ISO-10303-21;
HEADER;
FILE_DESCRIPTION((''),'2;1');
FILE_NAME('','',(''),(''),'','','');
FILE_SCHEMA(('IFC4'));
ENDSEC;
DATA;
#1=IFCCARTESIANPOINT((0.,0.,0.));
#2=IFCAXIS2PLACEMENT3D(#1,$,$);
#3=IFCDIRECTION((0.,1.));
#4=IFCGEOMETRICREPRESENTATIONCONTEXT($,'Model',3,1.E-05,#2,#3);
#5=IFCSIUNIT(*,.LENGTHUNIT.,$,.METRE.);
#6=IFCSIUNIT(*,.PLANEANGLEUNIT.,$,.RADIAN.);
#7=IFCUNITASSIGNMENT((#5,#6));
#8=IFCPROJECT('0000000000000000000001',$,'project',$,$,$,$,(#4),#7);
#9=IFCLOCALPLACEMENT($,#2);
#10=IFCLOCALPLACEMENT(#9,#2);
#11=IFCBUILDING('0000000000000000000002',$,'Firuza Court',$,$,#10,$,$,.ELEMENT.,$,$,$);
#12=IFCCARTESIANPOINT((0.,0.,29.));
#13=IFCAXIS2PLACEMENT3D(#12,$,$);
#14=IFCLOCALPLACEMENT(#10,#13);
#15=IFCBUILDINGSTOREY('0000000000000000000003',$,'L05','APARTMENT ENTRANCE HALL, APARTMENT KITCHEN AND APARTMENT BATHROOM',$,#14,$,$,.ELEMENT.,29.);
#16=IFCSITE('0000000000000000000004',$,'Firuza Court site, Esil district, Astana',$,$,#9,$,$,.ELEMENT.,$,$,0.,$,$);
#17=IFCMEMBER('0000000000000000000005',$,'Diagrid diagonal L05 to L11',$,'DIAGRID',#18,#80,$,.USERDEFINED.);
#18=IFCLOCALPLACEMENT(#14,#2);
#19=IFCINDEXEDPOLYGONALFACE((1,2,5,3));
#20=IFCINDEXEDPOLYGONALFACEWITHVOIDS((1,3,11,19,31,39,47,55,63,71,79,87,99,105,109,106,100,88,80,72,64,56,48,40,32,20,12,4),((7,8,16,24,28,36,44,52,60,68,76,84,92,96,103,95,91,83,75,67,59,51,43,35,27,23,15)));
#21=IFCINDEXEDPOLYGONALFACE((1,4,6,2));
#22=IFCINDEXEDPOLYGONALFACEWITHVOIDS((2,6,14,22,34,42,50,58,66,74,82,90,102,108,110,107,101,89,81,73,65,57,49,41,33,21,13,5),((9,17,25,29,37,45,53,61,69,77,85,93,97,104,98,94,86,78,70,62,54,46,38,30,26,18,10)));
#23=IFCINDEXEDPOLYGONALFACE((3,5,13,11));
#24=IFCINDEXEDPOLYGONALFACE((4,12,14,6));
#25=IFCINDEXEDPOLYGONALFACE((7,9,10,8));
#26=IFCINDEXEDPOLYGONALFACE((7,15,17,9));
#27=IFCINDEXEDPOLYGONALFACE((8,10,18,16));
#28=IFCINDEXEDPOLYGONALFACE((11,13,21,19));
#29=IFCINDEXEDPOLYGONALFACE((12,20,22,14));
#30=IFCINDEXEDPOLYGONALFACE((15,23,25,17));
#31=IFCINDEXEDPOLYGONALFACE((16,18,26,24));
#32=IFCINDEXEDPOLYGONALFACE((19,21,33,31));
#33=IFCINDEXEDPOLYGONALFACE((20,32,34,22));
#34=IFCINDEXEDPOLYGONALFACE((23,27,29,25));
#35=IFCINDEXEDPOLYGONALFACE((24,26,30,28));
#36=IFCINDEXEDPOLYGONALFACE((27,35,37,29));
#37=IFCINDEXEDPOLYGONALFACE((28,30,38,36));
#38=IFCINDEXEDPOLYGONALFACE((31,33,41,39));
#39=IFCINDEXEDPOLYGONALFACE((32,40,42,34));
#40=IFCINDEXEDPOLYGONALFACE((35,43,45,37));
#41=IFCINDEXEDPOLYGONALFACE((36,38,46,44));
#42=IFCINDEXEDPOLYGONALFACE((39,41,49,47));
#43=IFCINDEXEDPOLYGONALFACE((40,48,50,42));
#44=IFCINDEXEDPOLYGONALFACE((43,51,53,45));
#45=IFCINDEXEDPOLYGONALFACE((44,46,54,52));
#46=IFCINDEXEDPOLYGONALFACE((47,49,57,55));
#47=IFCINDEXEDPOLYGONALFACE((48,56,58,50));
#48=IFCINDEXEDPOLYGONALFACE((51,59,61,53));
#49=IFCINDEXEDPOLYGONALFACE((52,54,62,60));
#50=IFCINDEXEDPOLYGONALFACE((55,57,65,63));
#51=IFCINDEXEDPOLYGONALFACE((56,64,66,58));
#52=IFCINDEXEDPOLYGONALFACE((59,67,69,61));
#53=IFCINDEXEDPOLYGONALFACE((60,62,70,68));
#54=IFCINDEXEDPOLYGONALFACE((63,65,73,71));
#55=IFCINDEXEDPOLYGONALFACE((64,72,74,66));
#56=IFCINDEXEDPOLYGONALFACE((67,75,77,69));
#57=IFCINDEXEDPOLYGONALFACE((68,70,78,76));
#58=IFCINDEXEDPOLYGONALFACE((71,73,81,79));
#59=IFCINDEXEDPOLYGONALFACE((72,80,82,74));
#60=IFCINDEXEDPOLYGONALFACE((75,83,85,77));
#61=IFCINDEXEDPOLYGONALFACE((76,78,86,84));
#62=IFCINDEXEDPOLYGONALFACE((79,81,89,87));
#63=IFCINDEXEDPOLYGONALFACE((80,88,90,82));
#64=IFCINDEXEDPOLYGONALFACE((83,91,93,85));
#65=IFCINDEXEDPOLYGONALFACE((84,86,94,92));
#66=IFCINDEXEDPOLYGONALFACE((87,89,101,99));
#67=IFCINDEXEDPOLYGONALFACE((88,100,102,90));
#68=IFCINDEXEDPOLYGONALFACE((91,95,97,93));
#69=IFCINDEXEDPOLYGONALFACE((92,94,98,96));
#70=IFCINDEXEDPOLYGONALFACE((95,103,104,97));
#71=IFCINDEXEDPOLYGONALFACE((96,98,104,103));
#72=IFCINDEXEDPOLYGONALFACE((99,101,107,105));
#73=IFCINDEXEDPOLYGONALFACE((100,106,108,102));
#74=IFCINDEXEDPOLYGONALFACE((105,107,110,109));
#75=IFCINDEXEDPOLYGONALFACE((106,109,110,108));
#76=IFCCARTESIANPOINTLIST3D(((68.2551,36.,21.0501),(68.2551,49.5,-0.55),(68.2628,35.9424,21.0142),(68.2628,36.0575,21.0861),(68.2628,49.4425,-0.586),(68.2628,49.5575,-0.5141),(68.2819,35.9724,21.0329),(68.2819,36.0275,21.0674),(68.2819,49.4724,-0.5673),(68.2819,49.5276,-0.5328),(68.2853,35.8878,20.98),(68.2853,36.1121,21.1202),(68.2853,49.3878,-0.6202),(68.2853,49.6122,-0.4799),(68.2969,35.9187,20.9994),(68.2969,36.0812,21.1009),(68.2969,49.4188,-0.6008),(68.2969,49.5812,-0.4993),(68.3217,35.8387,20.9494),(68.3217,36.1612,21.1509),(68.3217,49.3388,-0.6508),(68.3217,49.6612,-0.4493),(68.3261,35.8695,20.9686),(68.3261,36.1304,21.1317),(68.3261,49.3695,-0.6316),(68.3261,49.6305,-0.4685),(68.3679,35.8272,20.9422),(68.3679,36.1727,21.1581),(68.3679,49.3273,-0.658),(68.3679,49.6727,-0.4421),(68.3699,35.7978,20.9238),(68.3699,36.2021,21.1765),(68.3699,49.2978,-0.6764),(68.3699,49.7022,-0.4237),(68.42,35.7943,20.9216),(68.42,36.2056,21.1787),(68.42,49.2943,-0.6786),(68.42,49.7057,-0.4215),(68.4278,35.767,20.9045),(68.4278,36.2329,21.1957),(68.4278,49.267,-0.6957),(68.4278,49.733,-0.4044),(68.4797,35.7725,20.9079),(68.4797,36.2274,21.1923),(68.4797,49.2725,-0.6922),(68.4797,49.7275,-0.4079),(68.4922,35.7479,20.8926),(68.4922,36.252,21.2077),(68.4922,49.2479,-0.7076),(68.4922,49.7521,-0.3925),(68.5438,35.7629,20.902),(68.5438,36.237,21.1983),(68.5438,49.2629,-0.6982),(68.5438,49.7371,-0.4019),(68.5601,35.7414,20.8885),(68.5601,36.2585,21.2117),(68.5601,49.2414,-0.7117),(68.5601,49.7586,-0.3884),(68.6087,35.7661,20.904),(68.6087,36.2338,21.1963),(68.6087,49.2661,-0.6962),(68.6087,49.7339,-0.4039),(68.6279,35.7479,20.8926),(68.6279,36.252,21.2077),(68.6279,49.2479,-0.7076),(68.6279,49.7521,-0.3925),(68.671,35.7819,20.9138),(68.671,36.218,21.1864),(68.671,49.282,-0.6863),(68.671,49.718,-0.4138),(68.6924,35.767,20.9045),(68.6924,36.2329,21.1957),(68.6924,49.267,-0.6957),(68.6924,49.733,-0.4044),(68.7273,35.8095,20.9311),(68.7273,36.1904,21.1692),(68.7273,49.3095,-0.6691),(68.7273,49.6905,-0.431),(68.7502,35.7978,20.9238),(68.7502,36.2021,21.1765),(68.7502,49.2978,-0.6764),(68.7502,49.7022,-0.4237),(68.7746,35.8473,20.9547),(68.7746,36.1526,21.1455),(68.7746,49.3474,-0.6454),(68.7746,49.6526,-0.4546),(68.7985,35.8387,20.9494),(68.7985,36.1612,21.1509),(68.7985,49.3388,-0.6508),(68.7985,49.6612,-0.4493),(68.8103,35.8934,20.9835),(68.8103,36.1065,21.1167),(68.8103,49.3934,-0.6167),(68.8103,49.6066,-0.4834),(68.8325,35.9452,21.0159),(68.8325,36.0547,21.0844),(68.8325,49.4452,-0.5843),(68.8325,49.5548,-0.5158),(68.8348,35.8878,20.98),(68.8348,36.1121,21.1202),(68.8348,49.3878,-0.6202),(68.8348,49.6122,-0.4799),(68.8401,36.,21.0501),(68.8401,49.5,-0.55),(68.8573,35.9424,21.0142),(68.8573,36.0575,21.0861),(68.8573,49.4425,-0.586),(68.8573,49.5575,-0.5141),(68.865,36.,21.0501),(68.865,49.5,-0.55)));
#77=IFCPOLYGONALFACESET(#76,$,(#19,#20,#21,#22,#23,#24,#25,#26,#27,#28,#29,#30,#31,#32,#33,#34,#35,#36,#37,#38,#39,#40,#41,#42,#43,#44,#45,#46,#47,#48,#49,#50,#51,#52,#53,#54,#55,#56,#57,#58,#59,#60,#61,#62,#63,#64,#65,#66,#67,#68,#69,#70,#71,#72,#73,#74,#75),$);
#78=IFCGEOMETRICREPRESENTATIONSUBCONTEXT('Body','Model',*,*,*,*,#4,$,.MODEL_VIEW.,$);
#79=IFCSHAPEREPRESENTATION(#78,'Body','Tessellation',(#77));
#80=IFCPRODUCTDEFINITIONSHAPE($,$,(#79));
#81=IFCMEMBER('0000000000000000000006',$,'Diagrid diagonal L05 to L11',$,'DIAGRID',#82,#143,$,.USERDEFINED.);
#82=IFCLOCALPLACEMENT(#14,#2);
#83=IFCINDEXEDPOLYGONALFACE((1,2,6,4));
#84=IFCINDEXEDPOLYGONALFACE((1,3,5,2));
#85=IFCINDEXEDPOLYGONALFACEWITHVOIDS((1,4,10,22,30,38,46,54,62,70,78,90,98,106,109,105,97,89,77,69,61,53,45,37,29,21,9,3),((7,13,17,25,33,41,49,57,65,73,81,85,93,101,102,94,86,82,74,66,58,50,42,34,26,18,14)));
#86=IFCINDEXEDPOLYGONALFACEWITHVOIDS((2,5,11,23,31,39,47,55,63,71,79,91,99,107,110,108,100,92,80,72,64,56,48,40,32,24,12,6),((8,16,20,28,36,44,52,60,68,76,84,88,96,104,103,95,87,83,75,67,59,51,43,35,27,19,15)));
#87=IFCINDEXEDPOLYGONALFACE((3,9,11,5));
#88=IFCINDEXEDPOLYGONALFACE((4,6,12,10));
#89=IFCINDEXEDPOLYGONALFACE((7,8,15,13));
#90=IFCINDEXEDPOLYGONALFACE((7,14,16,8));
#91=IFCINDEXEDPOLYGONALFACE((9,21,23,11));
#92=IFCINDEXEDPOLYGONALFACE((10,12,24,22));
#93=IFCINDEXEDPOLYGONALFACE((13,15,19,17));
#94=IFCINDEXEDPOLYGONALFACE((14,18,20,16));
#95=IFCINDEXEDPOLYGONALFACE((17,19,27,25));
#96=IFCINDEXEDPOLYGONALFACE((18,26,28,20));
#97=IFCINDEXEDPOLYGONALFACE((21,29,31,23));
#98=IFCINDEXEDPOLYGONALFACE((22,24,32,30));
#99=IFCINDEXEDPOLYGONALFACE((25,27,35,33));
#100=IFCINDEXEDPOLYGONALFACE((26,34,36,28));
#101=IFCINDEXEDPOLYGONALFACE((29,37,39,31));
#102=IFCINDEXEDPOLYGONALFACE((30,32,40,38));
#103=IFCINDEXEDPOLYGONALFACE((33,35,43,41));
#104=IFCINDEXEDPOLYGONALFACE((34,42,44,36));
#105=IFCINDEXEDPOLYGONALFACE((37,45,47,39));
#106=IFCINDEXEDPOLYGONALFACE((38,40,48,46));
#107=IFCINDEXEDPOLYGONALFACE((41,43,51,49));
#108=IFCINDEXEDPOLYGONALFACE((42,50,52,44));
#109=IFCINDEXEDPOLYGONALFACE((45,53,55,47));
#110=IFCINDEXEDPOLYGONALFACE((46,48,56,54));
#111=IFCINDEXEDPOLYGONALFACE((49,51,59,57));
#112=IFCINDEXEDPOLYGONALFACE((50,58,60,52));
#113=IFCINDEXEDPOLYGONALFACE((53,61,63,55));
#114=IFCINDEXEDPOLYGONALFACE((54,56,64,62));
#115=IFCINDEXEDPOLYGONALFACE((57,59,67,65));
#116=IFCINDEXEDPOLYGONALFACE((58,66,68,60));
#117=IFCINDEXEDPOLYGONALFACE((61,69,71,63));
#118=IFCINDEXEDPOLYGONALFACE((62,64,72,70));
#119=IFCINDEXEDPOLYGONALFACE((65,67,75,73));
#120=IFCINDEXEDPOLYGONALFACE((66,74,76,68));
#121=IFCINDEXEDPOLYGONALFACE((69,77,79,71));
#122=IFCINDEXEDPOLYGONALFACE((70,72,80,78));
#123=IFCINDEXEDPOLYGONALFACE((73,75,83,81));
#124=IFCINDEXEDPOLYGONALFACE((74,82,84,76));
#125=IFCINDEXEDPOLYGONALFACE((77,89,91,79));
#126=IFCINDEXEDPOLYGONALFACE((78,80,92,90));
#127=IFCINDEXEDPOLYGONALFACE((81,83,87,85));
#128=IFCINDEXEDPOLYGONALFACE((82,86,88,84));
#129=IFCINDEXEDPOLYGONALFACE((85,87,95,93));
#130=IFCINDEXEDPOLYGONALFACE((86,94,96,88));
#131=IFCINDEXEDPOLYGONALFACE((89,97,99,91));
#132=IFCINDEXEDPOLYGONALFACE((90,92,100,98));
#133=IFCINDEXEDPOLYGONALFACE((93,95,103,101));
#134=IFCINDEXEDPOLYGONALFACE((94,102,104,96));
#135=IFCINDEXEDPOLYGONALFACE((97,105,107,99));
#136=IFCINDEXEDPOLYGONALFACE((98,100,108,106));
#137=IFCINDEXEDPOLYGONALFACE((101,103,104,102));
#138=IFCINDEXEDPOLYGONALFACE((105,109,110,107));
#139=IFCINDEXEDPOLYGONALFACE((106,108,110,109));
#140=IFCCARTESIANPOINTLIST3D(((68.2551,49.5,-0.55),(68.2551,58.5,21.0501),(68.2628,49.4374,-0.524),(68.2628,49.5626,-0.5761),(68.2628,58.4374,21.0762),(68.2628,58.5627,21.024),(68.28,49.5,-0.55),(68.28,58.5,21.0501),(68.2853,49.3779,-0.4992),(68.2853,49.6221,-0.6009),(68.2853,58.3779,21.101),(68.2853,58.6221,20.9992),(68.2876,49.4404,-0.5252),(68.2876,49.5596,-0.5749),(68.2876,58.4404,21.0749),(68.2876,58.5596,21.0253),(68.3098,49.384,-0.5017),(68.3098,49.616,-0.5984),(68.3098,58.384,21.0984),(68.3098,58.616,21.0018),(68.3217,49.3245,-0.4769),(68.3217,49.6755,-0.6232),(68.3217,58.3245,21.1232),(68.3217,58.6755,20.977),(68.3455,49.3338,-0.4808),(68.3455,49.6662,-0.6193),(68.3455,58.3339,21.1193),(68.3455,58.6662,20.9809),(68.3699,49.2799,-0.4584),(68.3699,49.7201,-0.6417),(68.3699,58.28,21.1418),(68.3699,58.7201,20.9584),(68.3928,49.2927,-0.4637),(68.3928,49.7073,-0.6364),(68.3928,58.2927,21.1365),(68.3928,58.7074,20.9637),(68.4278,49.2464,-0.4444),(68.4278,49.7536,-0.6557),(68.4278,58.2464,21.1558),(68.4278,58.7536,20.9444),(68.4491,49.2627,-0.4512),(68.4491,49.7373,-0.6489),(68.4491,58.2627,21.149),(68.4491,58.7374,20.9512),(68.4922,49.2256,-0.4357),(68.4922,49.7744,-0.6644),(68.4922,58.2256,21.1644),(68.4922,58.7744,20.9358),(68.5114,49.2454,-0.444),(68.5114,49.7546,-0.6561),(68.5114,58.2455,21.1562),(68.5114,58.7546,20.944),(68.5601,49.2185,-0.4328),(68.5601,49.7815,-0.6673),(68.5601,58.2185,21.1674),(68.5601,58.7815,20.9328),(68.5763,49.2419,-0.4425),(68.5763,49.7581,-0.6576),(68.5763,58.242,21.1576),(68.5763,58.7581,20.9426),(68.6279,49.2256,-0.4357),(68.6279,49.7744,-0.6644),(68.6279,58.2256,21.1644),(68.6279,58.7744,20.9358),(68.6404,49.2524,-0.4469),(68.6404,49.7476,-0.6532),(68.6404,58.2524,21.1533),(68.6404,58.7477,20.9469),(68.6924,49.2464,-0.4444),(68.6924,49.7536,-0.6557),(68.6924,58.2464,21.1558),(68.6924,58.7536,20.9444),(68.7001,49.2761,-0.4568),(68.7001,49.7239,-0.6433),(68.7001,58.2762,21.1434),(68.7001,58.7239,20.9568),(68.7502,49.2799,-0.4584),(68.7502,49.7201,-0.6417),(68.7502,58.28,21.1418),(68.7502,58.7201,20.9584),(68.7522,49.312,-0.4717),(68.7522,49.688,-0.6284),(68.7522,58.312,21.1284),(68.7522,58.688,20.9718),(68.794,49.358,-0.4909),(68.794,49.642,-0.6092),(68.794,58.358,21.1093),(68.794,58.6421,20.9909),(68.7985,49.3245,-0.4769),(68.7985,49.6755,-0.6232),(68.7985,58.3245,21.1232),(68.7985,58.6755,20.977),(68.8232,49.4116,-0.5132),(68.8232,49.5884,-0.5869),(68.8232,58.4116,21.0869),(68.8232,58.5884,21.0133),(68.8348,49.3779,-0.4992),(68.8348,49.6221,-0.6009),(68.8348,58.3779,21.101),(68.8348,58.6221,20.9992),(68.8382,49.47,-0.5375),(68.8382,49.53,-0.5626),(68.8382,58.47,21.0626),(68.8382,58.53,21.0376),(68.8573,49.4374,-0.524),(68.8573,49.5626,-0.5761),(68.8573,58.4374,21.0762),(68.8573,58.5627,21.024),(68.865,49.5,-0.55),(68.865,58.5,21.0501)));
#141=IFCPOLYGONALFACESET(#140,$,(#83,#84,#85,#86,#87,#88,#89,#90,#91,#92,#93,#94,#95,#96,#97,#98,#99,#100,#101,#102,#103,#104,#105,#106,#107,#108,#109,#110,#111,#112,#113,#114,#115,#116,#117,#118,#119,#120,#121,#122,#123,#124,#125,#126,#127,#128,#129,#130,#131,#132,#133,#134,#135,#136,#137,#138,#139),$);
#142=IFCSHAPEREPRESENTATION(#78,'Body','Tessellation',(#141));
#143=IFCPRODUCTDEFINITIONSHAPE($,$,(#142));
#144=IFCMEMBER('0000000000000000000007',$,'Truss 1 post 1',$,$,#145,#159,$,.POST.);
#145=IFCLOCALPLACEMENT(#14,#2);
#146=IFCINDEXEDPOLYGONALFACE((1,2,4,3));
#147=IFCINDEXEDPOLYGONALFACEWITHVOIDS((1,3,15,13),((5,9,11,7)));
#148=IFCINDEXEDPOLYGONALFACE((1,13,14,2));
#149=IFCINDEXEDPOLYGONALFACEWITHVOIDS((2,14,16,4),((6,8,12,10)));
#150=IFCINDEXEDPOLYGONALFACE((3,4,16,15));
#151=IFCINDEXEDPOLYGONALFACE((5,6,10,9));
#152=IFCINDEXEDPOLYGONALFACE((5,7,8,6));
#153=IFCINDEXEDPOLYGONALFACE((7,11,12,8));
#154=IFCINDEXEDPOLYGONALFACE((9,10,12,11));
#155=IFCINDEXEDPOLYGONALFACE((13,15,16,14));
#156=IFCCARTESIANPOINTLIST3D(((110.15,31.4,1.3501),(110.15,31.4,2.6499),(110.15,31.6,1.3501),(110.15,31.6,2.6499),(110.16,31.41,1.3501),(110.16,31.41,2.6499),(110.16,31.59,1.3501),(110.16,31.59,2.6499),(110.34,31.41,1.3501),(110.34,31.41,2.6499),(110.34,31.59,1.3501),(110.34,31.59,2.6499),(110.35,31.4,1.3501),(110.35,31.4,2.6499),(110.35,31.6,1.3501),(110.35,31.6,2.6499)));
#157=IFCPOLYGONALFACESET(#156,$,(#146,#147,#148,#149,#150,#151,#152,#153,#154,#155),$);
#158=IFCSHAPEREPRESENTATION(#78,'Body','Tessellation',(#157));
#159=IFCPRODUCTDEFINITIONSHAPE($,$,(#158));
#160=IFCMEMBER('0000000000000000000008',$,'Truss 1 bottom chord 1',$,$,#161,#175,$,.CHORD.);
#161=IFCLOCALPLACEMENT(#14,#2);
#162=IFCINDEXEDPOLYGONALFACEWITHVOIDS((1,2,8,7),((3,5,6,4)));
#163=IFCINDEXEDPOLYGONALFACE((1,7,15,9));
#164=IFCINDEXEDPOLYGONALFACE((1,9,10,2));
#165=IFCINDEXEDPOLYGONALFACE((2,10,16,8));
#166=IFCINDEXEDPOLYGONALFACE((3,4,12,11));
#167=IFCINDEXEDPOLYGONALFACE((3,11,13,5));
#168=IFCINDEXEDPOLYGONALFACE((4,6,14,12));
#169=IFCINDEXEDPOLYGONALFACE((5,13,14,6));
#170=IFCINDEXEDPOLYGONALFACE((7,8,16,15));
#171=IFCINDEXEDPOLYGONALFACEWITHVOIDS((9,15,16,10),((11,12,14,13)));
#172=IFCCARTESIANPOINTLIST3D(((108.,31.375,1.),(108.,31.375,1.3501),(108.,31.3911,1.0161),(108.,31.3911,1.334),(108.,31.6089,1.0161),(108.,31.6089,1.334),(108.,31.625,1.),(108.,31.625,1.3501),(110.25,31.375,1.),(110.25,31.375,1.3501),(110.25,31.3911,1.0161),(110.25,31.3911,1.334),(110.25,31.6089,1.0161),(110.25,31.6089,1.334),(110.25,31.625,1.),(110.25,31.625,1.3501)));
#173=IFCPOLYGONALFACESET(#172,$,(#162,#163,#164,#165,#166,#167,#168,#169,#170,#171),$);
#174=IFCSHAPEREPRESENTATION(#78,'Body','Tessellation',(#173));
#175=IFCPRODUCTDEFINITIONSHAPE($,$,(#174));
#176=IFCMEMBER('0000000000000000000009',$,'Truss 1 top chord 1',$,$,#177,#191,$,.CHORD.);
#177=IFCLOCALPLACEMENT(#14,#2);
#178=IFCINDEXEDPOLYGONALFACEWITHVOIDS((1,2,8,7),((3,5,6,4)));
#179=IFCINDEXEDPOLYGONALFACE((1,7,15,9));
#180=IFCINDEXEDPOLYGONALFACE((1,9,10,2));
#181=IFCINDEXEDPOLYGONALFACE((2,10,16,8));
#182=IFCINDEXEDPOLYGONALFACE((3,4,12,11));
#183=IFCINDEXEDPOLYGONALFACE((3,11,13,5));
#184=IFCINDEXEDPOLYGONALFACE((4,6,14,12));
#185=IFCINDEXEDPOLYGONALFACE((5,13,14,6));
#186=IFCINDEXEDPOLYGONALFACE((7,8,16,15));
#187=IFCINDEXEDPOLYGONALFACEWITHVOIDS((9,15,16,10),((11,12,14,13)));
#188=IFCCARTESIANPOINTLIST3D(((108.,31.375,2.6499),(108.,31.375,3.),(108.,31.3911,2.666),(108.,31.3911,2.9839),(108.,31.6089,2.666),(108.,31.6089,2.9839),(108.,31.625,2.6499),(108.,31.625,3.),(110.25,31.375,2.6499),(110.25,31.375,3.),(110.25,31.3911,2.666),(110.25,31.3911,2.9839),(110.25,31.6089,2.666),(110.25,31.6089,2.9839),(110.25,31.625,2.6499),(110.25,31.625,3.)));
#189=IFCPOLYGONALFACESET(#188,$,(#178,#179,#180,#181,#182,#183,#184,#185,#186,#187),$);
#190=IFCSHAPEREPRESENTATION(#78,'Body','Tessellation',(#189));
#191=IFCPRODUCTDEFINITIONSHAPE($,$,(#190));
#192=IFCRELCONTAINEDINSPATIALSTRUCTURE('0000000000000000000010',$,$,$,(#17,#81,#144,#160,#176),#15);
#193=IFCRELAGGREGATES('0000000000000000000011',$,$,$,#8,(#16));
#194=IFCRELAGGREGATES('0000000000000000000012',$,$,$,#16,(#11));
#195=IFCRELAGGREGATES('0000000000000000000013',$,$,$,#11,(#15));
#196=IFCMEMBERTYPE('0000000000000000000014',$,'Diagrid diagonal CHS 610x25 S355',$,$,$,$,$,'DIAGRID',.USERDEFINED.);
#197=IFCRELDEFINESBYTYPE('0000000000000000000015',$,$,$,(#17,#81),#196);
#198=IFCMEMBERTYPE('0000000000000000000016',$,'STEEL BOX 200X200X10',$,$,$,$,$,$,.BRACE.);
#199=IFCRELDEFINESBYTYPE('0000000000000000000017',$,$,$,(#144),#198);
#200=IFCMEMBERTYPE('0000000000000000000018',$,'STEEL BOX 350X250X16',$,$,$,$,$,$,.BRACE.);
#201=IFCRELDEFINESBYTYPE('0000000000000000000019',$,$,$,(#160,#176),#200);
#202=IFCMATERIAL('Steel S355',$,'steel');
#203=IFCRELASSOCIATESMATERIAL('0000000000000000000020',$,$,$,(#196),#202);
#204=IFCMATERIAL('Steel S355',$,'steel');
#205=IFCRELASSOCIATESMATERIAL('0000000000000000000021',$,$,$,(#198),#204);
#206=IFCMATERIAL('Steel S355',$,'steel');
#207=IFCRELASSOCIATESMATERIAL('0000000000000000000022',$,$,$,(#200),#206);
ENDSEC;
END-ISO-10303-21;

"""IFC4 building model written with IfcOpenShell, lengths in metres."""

from ifc_helpers import new_model, si_unit, direction, frame, origin, origin_2d, place, context, subcontext, project, spatial, hollow_rectangle, hollow_circle, extrude, material, material_profile, profile_set, type_object, element, save


model = new_model("IFC4")

# Units and contexts
model_context = context("Model", 3, precision=1e-05, world=origin(), true_north=direction((0.0, 1.0)))
body_context = subcontext(model_context, "Body", "Model", "MODEL_VIEW")
ifc_project = project(units=[si_unit("LENGTHUNIT", "METRE"), si_unit("PLANEANGLEUNIT", "RADIAN")], contexts=[model_context])

# Site, building, storey
site_placement = place(None, origin())
site = spatial("IfcSite", under=ifc_project, at=site_placement, Name="Firuza Court site, Esil district, Astana", CompositionType="ELEMENT", RefElevation=0.0)
building_placement = place(site_placement, origin())
building = spatial("IfcBuilding", under=site, at=building_placement, Name="Firuza Court", CompositionType="ELEMENT")
storey_placement = place(building_placement, frame((0.0, 0.0, 29.0)))
storey = spatial("IfcBuildingStorey", under=building, at=storey_placement, Name="L05", Description="APARTMENT ENTRANCE HALL, APARTMENT KITCHEN AND APARTMENT BATHROOM", CompositionType="ELEMENT", Elevation=29.0)

# Members
ifc_material_1 = material(Name="Steel S355", Category="steel")
ifc_material_profile_1 = material_profile(ifc_material_1, hollow_circle(Radius=0.3049, WallThickness=0.0249, at=origin_2d()), Name="CHS 610x25")
ifc_profile_set_1 = profile_set([ifc_material_profile_1], Name="Steel S355")
member_type_1 = type_object("IfcMemberType", Name="Diagrid diagonal CHS 610x25 S355", ElementType="DIAGRID", PredefinedType="USERDEFINED", material=ifc_profile_set_1)
member_1_placement = place(storey_placement, frame((68.5601, 49.5, -0.55), z_axis=(0.0, -0.529997, 0.847999), x_axis=(1.0, 0.0, 0.0)))
element("IfcMember", 1, at=member_1_placement, inside=storey, type_object=member_type_1, Name="Diagrid diagonal L05 to L11", ObjectType="DIAGRID", PredefinedType="USERDEFINED", context=body_context, shape_type="SweptSolid", body=[
    extrude(hollow_circle(Radius=0.3049, WallThickness=0.0249, at=origin_2d()), origin(), (0.0, 0.0, 1.0), 25.4719),
])
member_2_placement = place(storey_placement, frame((68.5601, 49.5, -0.55), z_axis=(0.0, 0.384614, 0.923078), x_axis=(-1.0, 0.0, 0.0)))
element("IfcMember", 2, at=member_2_placement, inside=storey, type_object=member_type_1, Name="Diagrid diagonal L05 to L11", ObjectType="DIAGRID", PredefinedType="USERDEFINED", context=body_context, shape_type="SweptSolid", body=[
    extrude(hollow_circle(Radius=0.3049, WallThickness=0.0249, at=origin_2d()), origin(), (0.0, 0.0, 1.0), 23.4001),
])
ifc_material_2 = material(Name="Steel S355", Category="steel")
ifc_material_profile_2 = material_profile(ifc_material_2, hollow_rectangle(XDim=0.2, YDim=0.2, WallThickness=0.01, at=origin_2d()), Name="RHS 200X200X10")
ifc_profile_set_2 = profile_set([ifc_material_profile_2], Name="Steel S355")
member_type_2 = type_object("IfcMemberType", Name="STEEL BOX 200X200X10", PredefinedType="BRACE", material=ifc_profile_set_2)
member_3_placement = place(storey_placement, frame((110.25, 31.5, 1.3501), z_axis=(0.0, 0.0, 1.0), x_axis=(1.0, 0.0, 0.0)))
element("IfcMember", 3, at=member_3_placement, inside=storey, type_object=member_type_2, Name="Truss 1 post 1", PredefinedType="POST", context=body_context, shape_type="SweptSolid", body=[
    extrude(hollow_rectangle(XDim=0.2, YDim=0.2, WallThickness=0.01, at=origin_2d()), origin(), (0.0, 0.0, 1.0), 1.2998),
])
ifc_material_3 = material(Name="Steel S355", Category="steel")
ifc_material_profile_3 = material_profile(ifc_material_3, hollow_rectangle(XDim=0.25, YDim=0.3501, WallThickness=0.0161, at=origin_2d()), Name="RHS 350X250X16")
ifc_profile_set_3 = profile_set([ifc_material_profile_3], Name="Steel S355")
member_type_3 = type_object("IfcMemberType", Name="STEEL BOX 350X250X16", PredefinedType="BRACE", material=ifc_profile_set_3)
for number, where, z_axis, x_axis, name in (
    (4, (108.0, 31.5, 1.175), (1.0, 0.0, 0.0), (0.0, 1.0, 0.0), "Truss 1 bottom chord 1"),
    (5, (108.0, 31.5, 2.825), (1.0, 0.0, 0.0), (0.0, 1.0, 0.0), "Truss 1 top chord 1"),
):
    element("IfcMember", number, at=place(storey_placement, frame(where, z_axis=z_axis, x_axis=x_axis)), inside=storey, type_object=member_type_3, Name=name, PredefinedType="CHORD", context=body_context, shape_type="SweptSolid", body=[
        extrude(hollow_rectangle(XDim=0.25, YDim=0.3501, WallThickness=0.0161, at=origin_2d()), origin(), (0.0, 0.0, 1.0), 2.25),
    ])

save(model, "model.ifc")
